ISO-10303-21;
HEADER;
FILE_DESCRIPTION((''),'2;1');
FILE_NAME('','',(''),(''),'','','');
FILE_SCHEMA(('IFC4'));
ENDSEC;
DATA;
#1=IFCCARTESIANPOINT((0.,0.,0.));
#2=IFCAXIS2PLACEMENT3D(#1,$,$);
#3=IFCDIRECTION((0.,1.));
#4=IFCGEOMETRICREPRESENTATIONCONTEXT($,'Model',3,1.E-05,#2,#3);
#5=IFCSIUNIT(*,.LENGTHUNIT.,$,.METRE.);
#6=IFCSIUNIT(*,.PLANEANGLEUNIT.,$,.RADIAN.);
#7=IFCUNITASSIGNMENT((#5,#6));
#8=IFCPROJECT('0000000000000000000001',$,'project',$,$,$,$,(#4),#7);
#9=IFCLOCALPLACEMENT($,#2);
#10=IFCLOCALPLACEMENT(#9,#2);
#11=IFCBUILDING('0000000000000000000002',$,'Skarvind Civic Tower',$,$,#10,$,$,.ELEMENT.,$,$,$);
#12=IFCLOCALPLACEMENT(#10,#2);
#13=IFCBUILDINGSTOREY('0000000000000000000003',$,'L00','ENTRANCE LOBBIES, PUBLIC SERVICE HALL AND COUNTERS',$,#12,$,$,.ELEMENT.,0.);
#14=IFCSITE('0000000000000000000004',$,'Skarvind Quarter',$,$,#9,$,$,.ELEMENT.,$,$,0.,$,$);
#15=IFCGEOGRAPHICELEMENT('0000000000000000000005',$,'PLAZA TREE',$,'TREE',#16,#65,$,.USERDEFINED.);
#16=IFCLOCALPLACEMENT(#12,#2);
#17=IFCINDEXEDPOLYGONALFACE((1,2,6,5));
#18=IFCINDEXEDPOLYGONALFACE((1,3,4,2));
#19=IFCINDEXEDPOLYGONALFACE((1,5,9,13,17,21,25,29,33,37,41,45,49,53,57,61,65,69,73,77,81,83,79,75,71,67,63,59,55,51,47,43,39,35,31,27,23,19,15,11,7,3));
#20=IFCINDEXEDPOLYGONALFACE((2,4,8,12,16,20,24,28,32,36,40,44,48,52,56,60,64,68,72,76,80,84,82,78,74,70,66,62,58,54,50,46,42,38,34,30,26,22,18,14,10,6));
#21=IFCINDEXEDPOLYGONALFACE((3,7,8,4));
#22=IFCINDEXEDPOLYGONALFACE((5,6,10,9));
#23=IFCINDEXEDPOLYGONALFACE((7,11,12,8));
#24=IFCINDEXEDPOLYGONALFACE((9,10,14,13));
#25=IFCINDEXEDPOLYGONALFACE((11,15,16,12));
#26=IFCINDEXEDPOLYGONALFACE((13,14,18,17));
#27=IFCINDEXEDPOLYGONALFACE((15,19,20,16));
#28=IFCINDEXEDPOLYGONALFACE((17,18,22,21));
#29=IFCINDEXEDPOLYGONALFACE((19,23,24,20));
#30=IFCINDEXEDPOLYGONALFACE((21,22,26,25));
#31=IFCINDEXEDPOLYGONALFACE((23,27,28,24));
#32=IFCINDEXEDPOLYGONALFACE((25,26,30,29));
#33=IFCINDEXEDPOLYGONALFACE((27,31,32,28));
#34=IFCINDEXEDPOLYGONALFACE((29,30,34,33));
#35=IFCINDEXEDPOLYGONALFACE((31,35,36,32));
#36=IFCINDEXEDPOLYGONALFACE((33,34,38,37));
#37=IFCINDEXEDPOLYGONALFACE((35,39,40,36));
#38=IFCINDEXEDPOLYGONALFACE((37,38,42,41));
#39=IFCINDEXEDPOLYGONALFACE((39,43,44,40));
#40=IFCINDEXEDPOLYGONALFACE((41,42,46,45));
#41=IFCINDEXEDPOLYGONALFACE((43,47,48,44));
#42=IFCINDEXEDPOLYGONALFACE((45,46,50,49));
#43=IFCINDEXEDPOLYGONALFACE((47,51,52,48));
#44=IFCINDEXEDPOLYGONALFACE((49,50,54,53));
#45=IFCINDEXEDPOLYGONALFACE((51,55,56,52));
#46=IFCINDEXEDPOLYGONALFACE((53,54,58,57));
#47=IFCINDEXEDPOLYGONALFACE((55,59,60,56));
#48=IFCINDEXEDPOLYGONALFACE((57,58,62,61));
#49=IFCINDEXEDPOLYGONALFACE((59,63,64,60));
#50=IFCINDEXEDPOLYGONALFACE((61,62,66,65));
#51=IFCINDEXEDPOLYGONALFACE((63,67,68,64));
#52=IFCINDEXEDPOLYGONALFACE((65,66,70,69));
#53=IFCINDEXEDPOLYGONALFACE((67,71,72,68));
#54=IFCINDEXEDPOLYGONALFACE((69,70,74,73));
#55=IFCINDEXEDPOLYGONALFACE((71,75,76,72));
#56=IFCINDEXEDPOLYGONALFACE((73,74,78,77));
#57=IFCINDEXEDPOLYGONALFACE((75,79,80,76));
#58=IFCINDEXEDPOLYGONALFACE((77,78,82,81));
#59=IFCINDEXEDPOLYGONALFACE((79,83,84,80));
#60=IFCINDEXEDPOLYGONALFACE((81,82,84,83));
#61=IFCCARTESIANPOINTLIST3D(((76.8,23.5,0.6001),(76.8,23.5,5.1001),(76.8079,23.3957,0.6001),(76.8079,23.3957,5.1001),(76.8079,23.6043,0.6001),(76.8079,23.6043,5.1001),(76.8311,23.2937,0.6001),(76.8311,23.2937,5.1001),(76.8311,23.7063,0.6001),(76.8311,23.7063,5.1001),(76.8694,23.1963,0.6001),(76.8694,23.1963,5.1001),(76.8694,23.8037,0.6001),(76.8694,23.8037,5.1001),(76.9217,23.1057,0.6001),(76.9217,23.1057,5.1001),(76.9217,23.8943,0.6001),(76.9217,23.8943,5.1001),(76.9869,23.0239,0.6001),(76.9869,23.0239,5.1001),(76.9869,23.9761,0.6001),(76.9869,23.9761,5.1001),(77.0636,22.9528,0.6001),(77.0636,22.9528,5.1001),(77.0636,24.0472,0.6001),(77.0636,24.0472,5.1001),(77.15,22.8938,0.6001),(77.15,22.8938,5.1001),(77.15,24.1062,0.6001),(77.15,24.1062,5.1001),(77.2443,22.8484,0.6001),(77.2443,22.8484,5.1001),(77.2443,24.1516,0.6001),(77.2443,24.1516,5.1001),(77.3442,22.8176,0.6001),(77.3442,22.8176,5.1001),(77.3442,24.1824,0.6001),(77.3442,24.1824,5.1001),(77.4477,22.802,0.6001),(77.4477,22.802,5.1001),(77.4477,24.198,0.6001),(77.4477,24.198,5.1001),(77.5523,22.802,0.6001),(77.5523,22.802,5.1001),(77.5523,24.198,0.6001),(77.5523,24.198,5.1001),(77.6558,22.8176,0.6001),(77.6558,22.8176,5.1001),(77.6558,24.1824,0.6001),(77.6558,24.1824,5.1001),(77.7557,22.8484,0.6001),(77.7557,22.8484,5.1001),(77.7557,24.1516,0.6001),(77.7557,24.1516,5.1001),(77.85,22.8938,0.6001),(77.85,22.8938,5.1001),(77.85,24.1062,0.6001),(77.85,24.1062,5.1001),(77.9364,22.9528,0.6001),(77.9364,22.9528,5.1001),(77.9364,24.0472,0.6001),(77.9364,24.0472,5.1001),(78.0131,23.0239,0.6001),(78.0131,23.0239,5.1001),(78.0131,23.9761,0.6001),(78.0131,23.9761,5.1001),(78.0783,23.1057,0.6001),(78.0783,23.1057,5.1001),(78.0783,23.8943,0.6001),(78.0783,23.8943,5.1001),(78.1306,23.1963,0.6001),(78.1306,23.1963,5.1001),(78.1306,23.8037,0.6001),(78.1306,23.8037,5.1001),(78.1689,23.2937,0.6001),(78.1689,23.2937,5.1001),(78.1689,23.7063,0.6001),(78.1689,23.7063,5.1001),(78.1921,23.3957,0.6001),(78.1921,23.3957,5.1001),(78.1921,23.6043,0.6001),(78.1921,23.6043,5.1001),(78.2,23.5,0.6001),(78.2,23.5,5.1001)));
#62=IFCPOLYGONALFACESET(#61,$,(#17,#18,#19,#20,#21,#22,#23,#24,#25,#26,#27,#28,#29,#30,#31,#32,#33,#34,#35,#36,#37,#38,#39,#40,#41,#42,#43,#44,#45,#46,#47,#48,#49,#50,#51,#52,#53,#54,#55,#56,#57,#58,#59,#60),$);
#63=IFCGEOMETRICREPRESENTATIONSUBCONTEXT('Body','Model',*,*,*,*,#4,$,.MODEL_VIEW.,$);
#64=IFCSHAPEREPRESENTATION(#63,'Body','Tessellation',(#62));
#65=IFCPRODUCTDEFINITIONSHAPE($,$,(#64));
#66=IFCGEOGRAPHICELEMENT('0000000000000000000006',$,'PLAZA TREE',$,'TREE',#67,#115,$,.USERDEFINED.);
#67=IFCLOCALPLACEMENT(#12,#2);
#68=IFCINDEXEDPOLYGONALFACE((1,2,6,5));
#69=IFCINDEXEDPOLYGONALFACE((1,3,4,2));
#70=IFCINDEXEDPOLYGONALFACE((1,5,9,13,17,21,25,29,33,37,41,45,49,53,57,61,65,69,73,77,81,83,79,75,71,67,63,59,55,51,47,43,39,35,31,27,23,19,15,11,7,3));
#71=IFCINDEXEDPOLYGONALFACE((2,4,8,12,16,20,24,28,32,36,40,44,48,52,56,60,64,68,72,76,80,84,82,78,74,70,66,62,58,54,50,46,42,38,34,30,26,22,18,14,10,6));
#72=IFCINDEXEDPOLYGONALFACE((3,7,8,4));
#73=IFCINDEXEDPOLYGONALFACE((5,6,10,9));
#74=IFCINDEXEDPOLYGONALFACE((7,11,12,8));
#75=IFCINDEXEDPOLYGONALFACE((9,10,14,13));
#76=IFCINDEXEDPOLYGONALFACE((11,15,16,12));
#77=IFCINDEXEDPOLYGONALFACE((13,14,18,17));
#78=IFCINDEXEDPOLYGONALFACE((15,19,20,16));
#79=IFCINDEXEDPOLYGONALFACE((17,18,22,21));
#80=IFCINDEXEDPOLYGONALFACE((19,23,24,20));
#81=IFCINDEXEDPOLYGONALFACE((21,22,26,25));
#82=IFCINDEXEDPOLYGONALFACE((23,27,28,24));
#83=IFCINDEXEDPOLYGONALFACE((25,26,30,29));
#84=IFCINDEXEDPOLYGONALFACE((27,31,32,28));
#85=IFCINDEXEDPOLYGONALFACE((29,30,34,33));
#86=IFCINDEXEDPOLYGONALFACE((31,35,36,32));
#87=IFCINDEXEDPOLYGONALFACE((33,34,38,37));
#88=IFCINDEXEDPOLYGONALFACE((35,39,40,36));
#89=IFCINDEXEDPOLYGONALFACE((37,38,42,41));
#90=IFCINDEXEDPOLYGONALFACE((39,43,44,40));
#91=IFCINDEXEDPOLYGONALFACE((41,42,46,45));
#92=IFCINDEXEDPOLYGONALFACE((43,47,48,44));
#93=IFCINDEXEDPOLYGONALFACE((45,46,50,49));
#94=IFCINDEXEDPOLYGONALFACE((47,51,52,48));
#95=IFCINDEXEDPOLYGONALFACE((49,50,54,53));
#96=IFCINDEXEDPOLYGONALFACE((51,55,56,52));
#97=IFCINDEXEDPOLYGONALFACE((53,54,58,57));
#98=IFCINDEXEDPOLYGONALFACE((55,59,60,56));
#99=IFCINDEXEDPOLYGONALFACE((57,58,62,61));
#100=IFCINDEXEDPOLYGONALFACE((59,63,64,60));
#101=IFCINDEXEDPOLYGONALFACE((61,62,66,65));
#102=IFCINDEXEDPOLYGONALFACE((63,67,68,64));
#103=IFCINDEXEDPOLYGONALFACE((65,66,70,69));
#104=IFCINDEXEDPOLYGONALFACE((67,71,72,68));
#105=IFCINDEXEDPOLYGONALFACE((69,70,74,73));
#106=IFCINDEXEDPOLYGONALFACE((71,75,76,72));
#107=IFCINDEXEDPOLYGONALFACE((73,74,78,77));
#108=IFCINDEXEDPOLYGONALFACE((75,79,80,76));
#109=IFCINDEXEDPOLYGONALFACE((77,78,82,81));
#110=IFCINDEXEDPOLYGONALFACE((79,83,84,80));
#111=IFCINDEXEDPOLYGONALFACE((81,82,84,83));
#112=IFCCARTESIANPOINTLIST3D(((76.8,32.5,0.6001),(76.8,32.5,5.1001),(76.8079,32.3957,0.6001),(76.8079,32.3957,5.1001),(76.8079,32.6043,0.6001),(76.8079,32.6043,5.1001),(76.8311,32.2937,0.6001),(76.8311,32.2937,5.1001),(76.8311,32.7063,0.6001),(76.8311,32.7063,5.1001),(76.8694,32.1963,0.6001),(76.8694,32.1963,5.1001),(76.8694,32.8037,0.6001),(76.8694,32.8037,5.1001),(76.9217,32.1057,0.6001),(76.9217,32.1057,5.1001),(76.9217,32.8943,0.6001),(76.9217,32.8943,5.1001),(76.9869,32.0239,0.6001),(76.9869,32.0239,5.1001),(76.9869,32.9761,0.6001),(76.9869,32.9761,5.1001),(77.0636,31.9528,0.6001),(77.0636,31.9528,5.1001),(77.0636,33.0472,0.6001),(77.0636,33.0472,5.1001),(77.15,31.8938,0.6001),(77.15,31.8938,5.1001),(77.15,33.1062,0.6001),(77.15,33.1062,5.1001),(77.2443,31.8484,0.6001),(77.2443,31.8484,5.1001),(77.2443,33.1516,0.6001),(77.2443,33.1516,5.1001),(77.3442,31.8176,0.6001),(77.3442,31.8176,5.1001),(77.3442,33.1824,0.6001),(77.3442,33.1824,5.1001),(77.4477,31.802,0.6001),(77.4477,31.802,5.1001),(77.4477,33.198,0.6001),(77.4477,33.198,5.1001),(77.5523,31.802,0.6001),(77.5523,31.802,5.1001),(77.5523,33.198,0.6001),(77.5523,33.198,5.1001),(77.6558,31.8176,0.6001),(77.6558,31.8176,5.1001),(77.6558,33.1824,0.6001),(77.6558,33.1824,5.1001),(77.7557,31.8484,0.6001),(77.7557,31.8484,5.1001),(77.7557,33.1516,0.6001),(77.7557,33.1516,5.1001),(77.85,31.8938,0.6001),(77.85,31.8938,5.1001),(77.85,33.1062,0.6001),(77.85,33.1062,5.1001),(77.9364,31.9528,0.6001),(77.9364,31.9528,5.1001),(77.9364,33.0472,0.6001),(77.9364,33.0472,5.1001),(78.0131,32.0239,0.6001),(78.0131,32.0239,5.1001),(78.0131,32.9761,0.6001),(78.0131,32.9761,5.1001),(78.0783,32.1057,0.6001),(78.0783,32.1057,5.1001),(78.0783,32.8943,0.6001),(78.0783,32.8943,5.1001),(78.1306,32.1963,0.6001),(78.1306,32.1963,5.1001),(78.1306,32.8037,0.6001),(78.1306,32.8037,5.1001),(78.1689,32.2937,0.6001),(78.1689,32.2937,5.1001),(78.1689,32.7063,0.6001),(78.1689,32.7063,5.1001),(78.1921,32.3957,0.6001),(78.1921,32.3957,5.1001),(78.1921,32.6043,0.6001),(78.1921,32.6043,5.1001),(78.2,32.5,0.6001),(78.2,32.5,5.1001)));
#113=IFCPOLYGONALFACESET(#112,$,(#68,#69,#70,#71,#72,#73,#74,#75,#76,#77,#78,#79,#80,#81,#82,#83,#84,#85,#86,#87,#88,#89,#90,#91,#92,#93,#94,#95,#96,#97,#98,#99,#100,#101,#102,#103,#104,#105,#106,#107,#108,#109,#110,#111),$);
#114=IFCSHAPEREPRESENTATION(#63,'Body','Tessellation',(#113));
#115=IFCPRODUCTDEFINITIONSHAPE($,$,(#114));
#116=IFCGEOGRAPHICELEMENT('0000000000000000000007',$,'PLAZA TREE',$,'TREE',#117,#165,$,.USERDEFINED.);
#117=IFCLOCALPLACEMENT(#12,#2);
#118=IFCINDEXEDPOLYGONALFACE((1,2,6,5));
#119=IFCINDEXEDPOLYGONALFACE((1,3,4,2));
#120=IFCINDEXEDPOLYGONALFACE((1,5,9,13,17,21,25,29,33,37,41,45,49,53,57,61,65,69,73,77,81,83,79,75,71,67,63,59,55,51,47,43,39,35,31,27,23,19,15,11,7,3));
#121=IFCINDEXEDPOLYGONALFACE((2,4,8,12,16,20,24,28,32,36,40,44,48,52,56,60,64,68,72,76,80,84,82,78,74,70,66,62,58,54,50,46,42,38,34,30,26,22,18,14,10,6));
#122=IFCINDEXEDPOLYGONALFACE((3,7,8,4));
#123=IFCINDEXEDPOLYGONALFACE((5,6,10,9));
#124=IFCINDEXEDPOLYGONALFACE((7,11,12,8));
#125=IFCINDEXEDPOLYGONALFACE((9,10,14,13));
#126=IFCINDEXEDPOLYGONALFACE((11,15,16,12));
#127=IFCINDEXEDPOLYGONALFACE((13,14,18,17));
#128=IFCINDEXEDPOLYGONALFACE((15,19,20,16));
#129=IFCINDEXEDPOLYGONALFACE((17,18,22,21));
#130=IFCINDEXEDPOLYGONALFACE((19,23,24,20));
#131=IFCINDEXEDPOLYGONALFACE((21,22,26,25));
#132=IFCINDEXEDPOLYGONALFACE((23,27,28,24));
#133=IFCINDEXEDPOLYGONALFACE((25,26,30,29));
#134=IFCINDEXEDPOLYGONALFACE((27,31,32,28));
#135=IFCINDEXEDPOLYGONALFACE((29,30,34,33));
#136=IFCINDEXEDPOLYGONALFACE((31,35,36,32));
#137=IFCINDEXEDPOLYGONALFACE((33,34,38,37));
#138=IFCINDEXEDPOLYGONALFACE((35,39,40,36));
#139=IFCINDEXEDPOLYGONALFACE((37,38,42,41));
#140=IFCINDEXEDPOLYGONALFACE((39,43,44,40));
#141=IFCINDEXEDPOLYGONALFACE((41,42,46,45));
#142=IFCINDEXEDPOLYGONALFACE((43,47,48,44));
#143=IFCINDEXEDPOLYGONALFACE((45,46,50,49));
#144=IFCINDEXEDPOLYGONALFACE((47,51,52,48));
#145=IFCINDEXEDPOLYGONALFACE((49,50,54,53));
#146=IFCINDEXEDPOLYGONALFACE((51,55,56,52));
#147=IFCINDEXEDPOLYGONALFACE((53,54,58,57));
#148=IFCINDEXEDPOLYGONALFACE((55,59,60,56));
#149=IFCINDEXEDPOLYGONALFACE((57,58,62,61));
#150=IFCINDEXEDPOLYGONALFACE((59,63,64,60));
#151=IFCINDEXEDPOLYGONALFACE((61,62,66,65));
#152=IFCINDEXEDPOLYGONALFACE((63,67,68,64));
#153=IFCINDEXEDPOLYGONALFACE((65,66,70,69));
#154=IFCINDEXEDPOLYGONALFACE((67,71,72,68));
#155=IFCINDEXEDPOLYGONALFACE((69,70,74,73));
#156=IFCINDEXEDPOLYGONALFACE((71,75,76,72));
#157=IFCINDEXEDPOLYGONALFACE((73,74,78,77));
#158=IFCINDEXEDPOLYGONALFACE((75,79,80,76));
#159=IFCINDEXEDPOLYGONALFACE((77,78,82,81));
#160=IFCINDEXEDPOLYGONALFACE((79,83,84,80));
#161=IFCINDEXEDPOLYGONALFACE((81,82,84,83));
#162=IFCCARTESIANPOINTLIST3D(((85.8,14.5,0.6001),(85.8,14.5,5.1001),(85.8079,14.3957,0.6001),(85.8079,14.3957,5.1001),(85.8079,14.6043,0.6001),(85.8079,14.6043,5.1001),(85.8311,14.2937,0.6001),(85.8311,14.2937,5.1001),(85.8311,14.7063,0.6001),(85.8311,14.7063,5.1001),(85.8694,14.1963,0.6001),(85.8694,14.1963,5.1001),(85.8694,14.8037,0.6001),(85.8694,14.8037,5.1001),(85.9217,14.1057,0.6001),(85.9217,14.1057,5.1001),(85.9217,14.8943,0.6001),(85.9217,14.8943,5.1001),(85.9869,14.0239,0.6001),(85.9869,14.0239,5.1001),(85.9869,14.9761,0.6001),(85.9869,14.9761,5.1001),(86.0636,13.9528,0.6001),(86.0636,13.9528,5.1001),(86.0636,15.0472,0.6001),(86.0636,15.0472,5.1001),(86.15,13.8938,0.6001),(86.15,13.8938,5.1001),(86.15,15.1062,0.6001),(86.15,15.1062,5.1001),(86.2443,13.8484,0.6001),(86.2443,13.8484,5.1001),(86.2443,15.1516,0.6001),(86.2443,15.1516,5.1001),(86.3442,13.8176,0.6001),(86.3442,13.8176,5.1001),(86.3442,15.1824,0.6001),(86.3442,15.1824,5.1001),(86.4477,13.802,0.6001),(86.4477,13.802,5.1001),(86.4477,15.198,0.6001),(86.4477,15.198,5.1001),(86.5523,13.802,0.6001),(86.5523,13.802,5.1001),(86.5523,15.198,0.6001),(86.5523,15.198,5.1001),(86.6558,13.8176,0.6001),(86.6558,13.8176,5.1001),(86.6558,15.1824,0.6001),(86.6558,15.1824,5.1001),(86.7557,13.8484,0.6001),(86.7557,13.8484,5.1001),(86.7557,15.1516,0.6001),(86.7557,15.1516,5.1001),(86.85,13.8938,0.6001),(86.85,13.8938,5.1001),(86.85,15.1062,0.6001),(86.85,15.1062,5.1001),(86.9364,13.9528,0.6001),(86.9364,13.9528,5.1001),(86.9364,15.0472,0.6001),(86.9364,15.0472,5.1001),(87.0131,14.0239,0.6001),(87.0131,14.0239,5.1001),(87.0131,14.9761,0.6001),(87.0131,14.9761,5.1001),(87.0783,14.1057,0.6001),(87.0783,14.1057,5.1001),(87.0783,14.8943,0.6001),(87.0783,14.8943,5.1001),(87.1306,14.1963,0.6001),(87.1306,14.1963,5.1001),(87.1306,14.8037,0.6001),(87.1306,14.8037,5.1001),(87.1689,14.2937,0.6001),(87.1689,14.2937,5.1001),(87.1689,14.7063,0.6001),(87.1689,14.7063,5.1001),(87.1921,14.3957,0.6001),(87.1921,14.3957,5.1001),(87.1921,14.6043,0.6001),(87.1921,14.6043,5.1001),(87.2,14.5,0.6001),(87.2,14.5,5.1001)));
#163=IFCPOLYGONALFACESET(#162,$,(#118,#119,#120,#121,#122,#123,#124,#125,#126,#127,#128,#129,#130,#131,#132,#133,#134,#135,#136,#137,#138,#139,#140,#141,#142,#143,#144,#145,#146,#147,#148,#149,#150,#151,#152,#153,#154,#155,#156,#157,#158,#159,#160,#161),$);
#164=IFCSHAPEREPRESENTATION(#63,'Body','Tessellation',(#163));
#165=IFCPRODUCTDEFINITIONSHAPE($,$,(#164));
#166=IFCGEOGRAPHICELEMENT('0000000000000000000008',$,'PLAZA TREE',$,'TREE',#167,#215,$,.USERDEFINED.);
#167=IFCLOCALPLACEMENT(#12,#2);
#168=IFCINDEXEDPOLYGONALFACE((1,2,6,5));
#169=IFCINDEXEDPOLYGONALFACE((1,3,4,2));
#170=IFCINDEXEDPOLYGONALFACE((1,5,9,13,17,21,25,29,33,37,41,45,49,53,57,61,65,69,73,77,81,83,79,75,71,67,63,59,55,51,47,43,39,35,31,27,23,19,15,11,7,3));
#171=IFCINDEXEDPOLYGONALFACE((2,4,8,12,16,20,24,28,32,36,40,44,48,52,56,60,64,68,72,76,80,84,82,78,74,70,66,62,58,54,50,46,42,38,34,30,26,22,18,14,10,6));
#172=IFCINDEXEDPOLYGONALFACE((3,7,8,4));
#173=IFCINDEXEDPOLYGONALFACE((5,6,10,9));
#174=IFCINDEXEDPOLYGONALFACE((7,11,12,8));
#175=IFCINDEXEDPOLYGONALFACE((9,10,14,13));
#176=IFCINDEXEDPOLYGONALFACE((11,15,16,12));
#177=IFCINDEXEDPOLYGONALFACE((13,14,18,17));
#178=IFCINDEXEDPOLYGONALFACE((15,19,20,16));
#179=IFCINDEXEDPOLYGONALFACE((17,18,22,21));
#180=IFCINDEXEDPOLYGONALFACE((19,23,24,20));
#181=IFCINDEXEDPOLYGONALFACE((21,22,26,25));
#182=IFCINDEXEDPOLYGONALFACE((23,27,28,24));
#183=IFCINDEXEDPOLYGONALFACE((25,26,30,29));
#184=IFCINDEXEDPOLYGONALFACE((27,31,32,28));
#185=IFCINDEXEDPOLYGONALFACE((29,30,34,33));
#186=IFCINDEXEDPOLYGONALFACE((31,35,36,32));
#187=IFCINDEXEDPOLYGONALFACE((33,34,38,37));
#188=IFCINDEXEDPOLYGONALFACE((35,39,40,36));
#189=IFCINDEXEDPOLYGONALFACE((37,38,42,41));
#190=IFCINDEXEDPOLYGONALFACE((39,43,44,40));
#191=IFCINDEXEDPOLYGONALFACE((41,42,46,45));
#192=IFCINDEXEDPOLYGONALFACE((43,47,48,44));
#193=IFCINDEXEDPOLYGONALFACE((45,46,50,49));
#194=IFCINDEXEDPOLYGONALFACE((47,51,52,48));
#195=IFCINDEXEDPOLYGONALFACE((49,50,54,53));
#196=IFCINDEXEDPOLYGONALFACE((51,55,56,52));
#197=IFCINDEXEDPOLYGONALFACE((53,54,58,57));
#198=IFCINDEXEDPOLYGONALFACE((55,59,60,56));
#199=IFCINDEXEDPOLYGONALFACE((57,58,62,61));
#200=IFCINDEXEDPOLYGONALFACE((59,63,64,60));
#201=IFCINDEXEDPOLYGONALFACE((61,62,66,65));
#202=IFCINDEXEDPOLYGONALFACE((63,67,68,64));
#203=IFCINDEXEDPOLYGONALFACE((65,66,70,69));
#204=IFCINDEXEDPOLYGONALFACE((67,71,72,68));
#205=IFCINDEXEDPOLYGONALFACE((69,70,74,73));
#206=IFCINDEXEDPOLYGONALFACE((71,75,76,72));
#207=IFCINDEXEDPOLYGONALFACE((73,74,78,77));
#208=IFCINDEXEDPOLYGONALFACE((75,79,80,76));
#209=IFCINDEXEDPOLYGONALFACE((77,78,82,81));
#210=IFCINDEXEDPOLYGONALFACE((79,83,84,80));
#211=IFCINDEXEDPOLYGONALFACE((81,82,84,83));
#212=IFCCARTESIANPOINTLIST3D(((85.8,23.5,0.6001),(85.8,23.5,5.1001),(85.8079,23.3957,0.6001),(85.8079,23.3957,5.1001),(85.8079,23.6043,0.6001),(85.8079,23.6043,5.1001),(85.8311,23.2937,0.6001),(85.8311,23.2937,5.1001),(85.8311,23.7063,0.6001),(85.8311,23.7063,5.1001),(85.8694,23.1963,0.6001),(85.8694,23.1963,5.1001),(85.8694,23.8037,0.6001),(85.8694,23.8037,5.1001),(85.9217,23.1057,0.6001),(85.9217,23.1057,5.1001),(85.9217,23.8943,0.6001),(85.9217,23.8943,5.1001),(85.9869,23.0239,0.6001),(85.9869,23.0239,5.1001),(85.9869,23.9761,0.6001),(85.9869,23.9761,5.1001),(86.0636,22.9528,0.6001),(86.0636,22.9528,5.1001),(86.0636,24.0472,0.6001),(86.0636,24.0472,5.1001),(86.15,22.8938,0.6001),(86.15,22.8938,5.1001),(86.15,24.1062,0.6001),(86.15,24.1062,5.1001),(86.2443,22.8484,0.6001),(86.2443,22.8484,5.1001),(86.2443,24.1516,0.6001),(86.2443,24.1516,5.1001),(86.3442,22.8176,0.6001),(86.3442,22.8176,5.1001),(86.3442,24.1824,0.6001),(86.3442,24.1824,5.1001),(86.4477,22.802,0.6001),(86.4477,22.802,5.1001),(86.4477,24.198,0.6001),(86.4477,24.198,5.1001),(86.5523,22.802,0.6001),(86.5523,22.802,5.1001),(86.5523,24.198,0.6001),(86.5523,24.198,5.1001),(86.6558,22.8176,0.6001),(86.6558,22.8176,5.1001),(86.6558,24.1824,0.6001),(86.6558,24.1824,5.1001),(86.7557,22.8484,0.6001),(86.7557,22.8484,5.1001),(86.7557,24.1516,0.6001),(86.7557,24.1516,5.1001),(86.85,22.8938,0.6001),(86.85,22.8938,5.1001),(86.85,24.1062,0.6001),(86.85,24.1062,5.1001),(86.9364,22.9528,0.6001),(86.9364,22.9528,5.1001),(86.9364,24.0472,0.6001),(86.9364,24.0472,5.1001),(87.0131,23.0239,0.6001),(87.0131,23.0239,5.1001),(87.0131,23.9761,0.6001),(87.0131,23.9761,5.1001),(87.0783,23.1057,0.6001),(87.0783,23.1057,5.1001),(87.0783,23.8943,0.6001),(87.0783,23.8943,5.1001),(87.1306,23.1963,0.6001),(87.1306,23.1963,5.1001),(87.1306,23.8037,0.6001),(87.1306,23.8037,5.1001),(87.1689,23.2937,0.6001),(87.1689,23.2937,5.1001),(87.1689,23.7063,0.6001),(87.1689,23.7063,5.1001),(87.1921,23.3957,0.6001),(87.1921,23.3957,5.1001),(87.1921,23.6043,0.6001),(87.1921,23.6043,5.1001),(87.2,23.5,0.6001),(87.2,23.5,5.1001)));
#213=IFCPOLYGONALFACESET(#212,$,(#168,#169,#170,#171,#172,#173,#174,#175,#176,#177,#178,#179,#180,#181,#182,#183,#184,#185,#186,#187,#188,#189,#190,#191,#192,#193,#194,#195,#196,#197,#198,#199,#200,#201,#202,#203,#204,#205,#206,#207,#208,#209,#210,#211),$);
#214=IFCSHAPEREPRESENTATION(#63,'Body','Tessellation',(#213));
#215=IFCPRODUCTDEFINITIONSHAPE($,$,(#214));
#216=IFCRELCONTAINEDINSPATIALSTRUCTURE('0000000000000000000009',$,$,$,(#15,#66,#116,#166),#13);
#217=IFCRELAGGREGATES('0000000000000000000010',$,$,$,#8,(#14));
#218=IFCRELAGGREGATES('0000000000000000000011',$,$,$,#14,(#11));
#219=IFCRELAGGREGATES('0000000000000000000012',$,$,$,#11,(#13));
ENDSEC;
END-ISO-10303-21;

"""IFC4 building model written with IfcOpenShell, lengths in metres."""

from ifc_helpers import new_model, si_unit, direction, frame, origin, origin_2d, place, context, subcontext, project, spatial, circle, extrude, element, save


model = new_model("IFC4")

# Units and contexts
model_context = context("Model", 3, precision=1e-05, world=origin(), true_north=direction((0.0, 1.0)))
body_context = subcontext(model_context, "Body", "Model", "MODEL_VIEW")
ifc_project = project(units=[si_unit("LENGTHUNIT", "METRE"), si_unit("PLANEANGLEUNIT", "RADIAN")], contexts=[model_context])

# Site, building, storey
site_placement = place(None, origin())
site = spatial("IfcSite", under=ifc_project, at=site_placement, Name="Skarvind Quarter", CompositionType="ELEMENT", RefElevation=0.0)
building_placement = place(site_placement, origin())
building = spatial("IfcBuilding", under=site, at=building_placement, Name="Skarvind Civic Tower", CompositionType="ELEMENT")
storey_placement = place(building_placement, origin())
storey = spatial("IfcBuildingStorey", under=building, at=storey_placement, Name="L00", Description="ENTRANCE LOBBIES, PUBLIC SERVICE HALL AND COUNTERS", CompositionType="ELEMENT", Elevation=0.0)

# Geographic elements
for number, where, z_axis, x_axis, name in (
    (1, (77.5, 23.5, 0.6001), (0.0, 0.0, 1.0), (1.0, 0.0, 0.0), "PLAZA TREE"),
    (2, (77.5, 32.5, 0.6001), (0.0, 0.0, 1.0), (1.0, 0.0, 0.0), "PLAZA TREE"),
    (3, (86.5, 14.5, 0.6001), (0.0, 0.0, 1.0), (1.0, 0.0, 0.0), "PLAZA TREE"),
    (4, (86.5, 23.5, 0.6001), (0.0, 0.0, 1.0), (1.0, 0.0, 0.0), "PLAZA TREE"),
):
    element("IfcGeographicElement", number, at=place(storey_placement, frame(where, z_axis=z_axis, x_axis=x_axis)), inside=storey, Name=name, ObjectType="TREE", PredefinedType="USERDEFINED", context=body_context, shape_type="SweptSolid", body=[
        extrude(circle(Radius=0.7, at=origin_2d()), origin(), (0.0, 0.0, 1.0), 4.5),
    ])

save(model, "model.ifc")
